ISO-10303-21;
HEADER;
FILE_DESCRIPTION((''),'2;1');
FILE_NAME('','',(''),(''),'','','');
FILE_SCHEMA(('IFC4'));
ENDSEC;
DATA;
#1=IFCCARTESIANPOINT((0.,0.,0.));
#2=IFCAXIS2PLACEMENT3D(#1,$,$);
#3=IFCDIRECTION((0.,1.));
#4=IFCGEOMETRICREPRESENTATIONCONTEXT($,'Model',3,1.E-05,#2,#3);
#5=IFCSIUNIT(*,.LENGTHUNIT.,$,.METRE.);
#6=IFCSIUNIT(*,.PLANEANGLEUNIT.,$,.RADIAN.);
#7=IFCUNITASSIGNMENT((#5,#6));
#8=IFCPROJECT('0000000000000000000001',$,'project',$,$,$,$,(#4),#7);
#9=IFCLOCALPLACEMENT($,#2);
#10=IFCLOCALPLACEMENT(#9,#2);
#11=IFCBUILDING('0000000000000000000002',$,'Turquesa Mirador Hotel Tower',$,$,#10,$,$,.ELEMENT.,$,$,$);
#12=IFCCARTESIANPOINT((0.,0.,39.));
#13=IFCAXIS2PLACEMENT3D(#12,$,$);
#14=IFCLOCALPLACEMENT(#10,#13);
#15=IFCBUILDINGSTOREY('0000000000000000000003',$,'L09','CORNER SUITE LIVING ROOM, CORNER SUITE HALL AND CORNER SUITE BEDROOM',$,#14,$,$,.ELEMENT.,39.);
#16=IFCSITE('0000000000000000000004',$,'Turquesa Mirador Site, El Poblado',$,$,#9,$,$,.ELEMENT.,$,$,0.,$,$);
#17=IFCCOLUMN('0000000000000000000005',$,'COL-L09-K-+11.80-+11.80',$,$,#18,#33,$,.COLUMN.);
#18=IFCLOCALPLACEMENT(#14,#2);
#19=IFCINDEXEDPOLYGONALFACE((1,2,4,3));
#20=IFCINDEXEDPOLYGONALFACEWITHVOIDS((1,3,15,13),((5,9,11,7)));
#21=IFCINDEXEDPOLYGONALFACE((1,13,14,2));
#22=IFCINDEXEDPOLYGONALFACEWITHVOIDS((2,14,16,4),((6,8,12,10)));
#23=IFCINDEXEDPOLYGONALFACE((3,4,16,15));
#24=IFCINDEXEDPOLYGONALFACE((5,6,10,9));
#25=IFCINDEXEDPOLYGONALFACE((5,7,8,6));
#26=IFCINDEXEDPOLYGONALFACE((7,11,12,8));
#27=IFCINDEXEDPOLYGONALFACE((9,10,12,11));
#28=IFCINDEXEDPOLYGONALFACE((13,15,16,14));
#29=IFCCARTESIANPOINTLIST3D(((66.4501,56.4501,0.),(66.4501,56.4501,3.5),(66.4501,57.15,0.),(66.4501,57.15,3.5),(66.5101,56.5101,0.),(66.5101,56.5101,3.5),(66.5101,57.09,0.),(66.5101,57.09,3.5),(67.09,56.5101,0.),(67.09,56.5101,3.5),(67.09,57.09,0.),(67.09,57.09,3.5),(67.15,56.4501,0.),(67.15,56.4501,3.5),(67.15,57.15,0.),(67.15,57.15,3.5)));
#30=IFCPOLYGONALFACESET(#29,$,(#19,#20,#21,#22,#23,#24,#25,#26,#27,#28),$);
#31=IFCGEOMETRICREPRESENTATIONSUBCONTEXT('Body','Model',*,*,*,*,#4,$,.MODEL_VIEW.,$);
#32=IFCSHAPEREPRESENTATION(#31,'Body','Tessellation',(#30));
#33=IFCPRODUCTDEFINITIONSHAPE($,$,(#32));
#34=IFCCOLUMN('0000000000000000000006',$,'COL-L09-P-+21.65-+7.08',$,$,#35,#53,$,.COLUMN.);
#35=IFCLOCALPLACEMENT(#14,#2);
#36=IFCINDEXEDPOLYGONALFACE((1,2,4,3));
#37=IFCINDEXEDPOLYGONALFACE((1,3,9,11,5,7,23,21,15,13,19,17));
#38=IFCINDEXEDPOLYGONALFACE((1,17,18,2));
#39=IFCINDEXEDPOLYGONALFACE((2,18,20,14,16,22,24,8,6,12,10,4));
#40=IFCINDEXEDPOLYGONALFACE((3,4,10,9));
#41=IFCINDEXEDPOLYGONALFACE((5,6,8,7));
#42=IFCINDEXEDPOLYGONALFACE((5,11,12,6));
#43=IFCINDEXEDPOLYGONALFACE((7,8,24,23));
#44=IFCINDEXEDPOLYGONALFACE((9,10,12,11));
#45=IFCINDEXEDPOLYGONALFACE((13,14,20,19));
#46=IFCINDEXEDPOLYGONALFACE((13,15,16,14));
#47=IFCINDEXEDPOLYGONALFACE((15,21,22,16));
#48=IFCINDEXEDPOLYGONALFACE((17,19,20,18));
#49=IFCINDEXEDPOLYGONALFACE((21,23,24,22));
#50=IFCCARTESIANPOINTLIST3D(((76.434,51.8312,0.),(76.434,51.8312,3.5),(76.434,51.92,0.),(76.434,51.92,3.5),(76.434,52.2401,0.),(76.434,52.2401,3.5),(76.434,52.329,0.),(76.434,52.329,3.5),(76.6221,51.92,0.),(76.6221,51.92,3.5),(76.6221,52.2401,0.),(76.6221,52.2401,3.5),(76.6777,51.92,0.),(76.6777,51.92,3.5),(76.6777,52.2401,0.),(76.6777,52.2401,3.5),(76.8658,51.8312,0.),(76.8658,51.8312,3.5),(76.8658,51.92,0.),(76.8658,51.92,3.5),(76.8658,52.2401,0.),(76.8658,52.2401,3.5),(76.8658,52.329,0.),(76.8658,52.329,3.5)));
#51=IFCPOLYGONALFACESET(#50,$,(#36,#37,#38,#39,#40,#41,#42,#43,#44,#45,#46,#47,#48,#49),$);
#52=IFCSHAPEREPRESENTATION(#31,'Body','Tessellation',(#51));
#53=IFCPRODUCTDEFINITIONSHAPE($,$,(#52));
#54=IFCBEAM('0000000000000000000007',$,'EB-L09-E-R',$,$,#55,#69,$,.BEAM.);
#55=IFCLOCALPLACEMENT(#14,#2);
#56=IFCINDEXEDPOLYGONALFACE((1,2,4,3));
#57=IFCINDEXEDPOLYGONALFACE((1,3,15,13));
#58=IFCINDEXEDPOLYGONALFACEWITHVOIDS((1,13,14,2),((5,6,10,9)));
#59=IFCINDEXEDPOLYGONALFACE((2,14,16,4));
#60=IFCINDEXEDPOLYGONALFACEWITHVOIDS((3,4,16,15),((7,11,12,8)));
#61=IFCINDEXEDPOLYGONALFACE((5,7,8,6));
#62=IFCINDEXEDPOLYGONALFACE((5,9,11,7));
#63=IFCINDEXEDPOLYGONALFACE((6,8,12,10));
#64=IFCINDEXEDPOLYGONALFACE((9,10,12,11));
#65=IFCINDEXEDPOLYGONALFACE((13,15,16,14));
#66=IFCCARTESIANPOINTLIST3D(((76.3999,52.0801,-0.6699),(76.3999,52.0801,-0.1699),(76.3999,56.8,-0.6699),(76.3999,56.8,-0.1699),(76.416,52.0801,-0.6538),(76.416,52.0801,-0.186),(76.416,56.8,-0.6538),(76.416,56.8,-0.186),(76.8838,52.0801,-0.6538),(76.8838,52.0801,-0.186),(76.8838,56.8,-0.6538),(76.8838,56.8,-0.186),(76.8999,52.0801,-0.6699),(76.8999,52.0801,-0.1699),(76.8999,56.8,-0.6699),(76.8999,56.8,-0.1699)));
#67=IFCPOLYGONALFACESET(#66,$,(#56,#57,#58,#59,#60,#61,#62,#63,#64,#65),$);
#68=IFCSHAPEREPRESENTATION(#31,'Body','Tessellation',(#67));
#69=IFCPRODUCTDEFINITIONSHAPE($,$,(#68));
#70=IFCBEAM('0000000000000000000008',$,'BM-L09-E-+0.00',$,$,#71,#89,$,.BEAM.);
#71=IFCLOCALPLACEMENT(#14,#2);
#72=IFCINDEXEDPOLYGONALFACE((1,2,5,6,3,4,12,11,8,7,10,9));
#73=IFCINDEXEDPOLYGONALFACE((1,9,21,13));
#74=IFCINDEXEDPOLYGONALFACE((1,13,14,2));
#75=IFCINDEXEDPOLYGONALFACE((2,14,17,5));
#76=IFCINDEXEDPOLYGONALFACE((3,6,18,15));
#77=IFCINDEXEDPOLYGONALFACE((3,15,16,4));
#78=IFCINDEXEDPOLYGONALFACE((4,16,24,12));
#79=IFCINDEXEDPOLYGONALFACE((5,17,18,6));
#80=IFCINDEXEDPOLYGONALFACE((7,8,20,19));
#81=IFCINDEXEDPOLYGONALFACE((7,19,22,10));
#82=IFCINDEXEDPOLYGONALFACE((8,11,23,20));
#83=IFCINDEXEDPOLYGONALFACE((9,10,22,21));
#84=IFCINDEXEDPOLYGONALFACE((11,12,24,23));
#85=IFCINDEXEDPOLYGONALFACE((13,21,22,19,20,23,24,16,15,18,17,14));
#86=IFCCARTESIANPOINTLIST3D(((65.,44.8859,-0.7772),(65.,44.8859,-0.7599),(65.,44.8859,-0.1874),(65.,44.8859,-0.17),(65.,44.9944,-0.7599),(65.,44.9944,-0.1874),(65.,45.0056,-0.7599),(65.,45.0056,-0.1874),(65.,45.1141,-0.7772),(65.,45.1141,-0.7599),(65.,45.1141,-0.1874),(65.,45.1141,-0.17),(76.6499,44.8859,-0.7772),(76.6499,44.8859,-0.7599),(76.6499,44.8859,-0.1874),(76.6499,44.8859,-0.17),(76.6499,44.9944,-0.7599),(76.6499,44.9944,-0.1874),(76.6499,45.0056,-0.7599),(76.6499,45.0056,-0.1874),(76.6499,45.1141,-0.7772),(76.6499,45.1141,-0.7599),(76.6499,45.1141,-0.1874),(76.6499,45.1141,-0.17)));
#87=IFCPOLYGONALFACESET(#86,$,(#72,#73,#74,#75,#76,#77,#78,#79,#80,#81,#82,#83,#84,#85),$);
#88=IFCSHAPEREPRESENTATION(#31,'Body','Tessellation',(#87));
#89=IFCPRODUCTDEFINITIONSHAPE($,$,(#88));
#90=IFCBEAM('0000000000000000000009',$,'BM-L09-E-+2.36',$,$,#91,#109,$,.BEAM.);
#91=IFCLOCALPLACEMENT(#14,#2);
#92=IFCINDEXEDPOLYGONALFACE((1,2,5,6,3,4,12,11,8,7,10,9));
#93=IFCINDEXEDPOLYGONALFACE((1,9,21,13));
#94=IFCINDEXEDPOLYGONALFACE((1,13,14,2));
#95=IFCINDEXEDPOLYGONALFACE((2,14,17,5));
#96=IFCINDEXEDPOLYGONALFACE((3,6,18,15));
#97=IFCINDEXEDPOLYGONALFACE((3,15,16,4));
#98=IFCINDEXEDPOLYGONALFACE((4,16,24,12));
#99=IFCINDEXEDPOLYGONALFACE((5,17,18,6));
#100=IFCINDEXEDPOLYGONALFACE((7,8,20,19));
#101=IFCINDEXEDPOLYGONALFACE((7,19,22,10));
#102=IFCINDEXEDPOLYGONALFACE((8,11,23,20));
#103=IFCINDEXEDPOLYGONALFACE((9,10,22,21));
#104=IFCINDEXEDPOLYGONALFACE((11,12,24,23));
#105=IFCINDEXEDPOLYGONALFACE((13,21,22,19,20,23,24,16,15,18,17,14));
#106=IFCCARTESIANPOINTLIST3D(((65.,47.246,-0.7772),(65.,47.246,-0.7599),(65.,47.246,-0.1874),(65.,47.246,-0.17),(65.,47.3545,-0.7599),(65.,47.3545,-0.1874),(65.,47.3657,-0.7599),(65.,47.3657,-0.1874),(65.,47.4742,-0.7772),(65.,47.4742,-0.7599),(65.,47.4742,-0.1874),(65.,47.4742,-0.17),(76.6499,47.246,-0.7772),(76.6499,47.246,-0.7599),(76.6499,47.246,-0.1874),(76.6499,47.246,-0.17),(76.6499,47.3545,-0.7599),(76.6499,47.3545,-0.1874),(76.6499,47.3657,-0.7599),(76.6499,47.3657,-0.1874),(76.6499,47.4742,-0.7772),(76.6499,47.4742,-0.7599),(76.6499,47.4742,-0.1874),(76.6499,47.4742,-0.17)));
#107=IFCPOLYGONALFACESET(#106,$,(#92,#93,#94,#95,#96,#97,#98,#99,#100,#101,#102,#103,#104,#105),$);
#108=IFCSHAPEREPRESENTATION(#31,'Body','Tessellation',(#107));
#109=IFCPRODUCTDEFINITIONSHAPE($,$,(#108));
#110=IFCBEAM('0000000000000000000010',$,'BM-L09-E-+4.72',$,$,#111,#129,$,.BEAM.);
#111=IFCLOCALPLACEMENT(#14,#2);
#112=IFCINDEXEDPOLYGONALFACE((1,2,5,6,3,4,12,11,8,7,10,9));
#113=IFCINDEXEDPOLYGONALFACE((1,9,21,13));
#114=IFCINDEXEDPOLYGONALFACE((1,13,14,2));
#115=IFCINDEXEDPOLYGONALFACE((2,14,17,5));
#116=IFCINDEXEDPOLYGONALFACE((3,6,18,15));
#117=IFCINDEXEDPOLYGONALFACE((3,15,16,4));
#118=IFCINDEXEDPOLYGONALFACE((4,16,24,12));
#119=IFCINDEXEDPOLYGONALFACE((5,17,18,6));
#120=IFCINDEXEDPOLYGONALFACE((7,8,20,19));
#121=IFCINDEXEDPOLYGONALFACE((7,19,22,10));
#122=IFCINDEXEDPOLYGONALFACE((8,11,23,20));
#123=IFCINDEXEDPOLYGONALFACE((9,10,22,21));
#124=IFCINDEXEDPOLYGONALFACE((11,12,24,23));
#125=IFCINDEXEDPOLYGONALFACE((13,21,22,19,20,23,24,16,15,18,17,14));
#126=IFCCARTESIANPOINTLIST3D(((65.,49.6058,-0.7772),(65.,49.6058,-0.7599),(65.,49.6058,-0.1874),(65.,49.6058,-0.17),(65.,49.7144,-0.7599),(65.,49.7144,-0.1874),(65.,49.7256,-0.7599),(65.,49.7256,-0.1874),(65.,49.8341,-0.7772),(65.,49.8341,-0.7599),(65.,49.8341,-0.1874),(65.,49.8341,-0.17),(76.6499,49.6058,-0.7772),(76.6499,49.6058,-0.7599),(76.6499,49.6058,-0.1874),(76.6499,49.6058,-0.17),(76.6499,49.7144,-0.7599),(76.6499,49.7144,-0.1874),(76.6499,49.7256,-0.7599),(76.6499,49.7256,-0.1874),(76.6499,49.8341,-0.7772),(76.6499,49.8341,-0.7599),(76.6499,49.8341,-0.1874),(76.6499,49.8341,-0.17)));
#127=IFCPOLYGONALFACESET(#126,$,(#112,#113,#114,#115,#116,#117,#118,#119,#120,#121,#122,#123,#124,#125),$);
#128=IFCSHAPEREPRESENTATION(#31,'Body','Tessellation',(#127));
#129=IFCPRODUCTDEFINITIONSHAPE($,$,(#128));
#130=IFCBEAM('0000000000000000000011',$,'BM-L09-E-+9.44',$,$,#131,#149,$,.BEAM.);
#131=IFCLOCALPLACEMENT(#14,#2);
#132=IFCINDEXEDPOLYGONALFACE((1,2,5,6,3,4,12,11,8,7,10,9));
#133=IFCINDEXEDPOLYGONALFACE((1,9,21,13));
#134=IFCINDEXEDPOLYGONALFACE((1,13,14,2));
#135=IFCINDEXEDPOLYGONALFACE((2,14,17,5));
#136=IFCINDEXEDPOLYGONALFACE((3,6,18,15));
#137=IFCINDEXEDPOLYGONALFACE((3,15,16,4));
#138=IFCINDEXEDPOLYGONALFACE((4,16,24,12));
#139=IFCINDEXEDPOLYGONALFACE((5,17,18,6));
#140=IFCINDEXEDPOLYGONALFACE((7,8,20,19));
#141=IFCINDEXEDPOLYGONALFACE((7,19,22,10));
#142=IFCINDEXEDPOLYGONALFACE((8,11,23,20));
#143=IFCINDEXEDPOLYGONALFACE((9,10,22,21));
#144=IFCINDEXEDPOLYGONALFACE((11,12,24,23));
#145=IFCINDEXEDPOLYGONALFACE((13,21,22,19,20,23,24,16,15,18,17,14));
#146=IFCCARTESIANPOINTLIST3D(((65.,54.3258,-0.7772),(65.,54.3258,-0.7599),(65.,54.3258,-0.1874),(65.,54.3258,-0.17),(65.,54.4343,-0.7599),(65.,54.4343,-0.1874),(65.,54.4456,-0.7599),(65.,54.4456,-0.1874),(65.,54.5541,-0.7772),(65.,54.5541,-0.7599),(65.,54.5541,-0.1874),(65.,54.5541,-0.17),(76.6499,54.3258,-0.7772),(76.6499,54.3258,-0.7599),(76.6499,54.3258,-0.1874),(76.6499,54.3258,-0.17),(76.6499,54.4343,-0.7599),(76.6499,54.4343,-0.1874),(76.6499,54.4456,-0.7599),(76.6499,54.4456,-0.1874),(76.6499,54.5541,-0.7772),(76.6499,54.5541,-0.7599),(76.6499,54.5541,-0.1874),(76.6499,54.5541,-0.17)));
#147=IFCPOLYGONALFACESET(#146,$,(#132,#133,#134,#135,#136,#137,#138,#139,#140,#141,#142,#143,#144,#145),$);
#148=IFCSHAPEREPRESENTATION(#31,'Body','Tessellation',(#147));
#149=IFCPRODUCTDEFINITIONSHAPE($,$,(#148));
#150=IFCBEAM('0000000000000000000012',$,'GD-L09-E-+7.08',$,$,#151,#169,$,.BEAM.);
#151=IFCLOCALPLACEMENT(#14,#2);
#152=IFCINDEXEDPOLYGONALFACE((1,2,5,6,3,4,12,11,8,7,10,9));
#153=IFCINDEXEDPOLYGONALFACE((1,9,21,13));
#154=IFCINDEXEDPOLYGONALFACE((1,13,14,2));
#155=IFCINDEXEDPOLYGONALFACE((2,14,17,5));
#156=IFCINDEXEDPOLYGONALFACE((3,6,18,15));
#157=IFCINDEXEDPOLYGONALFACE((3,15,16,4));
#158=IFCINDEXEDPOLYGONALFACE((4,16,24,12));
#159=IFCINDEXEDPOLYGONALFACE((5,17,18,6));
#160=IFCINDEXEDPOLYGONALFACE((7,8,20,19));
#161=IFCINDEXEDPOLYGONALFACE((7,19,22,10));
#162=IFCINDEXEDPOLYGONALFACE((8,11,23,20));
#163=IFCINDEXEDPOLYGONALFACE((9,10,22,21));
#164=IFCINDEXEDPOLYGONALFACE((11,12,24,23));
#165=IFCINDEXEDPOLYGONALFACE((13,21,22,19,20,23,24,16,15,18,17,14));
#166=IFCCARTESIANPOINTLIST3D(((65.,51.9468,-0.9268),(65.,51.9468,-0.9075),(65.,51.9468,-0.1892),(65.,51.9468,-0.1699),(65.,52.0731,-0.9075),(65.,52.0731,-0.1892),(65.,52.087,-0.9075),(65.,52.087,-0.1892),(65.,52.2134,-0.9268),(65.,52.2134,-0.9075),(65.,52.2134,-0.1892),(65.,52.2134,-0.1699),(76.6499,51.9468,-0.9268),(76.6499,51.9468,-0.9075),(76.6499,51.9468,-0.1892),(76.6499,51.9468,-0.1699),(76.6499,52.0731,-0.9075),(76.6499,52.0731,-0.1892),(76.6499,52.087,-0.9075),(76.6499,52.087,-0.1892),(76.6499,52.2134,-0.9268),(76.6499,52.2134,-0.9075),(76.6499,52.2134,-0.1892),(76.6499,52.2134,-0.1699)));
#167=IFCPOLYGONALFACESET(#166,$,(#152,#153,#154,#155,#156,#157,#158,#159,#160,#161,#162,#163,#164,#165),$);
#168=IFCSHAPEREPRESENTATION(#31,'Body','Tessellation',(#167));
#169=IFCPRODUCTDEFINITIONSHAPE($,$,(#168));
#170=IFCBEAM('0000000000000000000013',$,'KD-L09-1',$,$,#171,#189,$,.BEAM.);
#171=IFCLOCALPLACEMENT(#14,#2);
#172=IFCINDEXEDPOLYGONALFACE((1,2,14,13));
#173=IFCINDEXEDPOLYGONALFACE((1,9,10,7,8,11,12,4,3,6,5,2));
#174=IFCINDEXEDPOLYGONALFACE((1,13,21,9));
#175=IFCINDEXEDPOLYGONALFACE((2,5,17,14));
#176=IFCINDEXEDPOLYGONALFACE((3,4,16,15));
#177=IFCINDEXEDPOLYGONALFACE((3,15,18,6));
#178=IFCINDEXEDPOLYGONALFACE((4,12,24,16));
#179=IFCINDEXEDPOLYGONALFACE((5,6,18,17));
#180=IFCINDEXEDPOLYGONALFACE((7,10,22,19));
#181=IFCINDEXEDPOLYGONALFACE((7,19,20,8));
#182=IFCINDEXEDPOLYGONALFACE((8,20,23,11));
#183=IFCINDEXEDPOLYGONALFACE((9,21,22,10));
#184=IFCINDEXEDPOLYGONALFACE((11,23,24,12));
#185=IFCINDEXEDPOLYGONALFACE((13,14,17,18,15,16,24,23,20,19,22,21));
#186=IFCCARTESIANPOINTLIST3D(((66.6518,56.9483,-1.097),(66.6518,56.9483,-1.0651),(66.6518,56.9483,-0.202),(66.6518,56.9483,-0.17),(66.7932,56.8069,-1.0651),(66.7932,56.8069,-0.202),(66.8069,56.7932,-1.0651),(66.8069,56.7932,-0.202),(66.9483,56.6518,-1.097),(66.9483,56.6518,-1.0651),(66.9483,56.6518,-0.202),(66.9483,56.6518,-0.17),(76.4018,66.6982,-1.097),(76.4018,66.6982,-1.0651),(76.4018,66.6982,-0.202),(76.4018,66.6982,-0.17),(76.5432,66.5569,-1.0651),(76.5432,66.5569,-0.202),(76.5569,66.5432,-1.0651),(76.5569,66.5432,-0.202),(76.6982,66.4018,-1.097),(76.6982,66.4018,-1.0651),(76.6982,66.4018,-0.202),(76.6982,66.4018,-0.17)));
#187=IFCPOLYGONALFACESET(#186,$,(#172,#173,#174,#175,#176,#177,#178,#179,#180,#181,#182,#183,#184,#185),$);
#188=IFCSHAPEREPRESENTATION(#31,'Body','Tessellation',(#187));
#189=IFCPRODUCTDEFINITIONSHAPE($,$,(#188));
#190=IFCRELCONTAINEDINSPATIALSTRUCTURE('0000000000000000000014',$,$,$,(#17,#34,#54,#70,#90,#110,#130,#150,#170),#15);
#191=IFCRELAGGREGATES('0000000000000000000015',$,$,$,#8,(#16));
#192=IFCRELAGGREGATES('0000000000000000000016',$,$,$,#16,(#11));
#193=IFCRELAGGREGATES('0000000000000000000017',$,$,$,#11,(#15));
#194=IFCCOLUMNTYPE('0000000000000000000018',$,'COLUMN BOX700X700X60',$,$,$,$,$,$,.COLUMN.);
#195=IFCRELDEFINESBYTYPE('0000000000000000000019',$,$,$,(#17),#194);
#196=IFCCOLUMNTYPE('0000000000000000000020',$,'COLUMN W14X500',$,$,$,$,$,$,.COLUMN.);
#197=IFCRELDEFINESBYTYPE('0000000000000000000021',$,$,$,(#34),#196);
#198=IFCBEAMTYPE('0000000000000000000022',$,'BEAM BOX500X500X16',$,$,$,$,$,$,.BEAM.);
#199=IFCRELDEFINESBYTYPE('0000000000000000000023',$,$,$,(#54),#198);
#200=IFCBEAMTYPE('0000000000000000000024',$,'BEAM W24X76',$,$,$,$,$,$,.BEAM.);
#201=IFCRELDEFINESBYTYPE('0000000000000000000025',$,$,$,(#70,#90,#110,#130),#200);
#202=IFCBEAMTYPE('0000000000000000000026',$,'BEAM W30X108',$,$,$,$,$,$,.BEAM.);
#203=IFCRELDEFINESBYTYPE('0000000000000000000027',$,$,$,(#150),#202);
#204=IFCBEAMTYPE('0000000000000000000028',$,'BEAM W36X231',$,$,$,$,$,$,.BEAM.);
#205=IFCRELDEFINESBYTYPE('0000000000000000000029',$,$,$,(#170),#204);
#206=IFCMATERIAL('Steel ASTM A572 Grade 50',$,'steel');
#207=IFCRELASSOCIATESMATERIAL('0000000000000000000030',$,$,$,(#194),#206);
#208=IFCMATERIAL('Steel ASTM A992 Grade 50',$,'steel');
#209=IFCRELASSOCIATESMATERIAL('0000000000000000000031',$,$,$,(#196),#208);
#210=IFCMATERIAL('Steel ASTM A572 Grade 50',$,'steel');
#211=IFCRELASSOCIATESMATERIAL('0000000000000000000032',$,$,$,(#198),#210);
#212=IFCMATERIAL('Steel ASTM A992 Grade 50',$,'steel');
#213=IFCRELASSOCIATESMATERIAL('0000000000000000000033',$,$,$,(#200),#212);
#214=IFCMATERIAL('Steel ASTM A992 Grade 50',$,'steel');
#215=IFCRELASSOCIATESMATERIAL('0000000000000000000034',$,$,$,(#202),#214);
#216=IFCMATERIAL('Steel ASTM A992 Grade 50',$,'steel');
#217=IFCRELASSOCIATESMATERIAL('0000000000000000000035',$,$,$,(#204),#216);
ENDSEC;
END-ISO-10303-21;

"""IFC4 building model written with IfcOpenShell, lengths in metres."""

from ifc_helpers import new_model, si_unit, direction, frame, origin, origin_2d, place, context, subcontext, project, spatial, hollow_rectangle, i_section, extrude, material, material_profile, profile_set, type_object, element, save


model = new_model("IFC4")

# Units and contexts
model_context = context("Model", 3, precision=1e-05, world=origin(), true_north=direction((0.0, 1.0)))
body_context = subcontext(model_context, "Body", "Model", "MODEL_VIEW")
ifc_project = project(units=[si_unit("LENGTHUNIT", "METRE"), si_unit("PLANEANGLEUNIT", "RADIAN")], contexts=[model_context])

# Site, building, storey
site_placement = place(None, origin())
site = spatial("IfcSite", under=ifc_project, at=site_placement, Name="Turquesa Mirador Site, El Poblado", CompositionType="ELEMENT", RefElevation=0.0)
building_placement = place(site_placement, origin())
building = spatial("IfcBuilding", under=site, at=building_placement, Name="Turquesa Mirador Hotel Tower", CompositionType="ELEMENT")
storey_placement = place(building_placement, frame((0.0, 0.0, 39.0)))
storey = spatial("IfcBuildingStorey", under=building, at=storey_placement, Name="L09", Description="CORNER SUITE LIVING ROOM, CORNER SUITE HALL AND CORNER SUITE BEDROOM", CompositionType="ELEMENT", Elevation=39.0)

# Columns
ifc_material_1 = material(Name="Steel ASTM A572 Grade 50", Category="steel")
ifc_material_profile_1 = material_profile(ifc_material_1, hollow_rectangle(XDim=0.7, YDim=0.7, WallThickness=0.0601, at=origin_2d()), Name="BOX700X700X60")
ifc_profile_set_1 = profile_set([ifc_material_profile_1], Name="Steel ASTM A572 Grade 50")
column_type_1 = type_object("IfcColumnType", Name="COLUMN BOX700X700X60", PredefinedType="COLUMN", material=ifc_profile_set_1)
column_1_placement = place(storey_placement, frame((66.8, 56.8, 0.0), z_axis=(0.0, 0.0, 1.0), x_axis=(1.0, 0.0, 0.0)))
element("IfcColumn", 1, at=column_1_placement, inside=storey, type_object=column_type_1, Name="COL-L09-K-+11.80-+11.80", PredefinedType="COLUMN", context=body_context, shape_type="SweptSolid", body=[
    extrude(hollow_rectangle(XDim=0.7, YDim=0.7, WallThickness=0.0601, at=origin_2d()), origin(), (0.0, 0.0, 1.0), 3.5),
])
ifc_material_2 = material(Name="Steel ASTM A992 Grade 50", Category="steel")
ifc_material_profile_2 = material_profile(ifc_material_2, i_section(OverallWidth=0.4319, OverallDepth=0.4978, WebThickness=0.0557, FlangeThickness=0.0889, at=origin_2d()), Name="W14X500")
ifc_profile_set_2 = profile_set([ifc_material_profile_2], Name="Steel ASTM A992 Grade 50")
column_type_2 = type_object("IfcColumnType", Name="COLUMN W14X500", PredefinedType="COLUMN", material=ifc_profile_set_2)
column_2_placement = place(storey_placement, frame((76.6499, 52.0801, 0.0), z_axis=(0.0, 0.0, 1.0), x_axis=(1.0, 0.0, 0.0)))
element("IfcColumn", 2, at=column_2_placement, inside=storey, type_object=column_type_2, Name="COL-L09-P-+21.65-+7.08", PredefinedType="COLUMN", context=body_context, shape_type="SweptSolid", body=[
    extrude(i_section(OverallWidth=0.4319, OverallDepth=0.4978, WebThickness=0.0557, FlangeThickness=0.0889, at=origin_2d()), origin(), (0.0, 0.0, 1.0), 3.5),
])

# Beams
ifc_material_3 = material(Name="Steel ASTM A572 Grade 50", Category="steel")
ifc_material_profile_3 = material_profile(ifc_material_3, hollow_rectangle(XDim=0.5, YDim=0.5, WallThickness=0.0161, at=origin_2d()), Name="BOX500X500X16")
ifc_profile_set_3 = profile_set([ifc_material_profile_3], Name="Steel ASTM A572 Grade 50")
beam_type_1 = type_object("IfcBeamType", Name="BEAM BOX500X500X16", PredefinedType="BEAM", material=ifc_profile_set_3)
beam_1_placement = place(storey_placement, frame((76.6499, 52.0801, -0.4199), z_axis=(0.0, 1.0, 0.0), x_axis=(-1.0, 0.0, 0.0)))
element("IfcBeam", 3, at=beam_1_placement, inside=storey, type_object=beam_type_1, Name="EB-L09-E-R", PredefinedType="BEAM", context=body_context, shape_type="SweptSolid", body=[
    extrude(hollow_rectangle(XDim=0.5, YDim=0.5, WallThickness=0.0161, at=origin_2d()), origin(), (0.0, 0.0, 1.0), 4.72),
])
ifc_material_4 = material(Name="Steel ASTM A992 Grade 50", Category="steel")
ifc_material_profile_4 = material_profile(ifc_material_4, i_section(OverallWidth=0.2283, OverallDepth=0.6072, WebThickness=0.0112, FlangeThickness=0.0173, at=origin_2d()), Name="W24X76")
ifc_profile_set_4 = profile_set([ifc_material_profile_4], Name="Steel ASTM A992 Grade 50")
beam_type_2 = type_object("IfcBeamType", Name="BEAM W24X76", PredefinedType="BEAM", material=ifc_profile_set_4)
for number, where, z_axis, x_axis, name in (
    (4, (76.6499, 45.0, -0.4736), (-1.0, 0.0, 0.0), (0.0, -1.0, 0.0), "BM-L09-E-+0.00"),
    (5, (76.6499, 47.3601, -0.4736), (-1.0, 0.0, 0.0), (0.0, -1.0, 0.0), "BM-L09-E-+2.36"),
    (6, (76.6499, 49.72, -0.4736), (-1.0, 0.0, 0.0), (0.0, -1.0, 0.0), "BM-L09-E-+4.72"),
    (7, (76.6499, 54.4399, -0.4736), (-1.0, 0.0, 0.0), (0.0, -1.0, 0.0), "BM-L09-E-+9.44"),
):
    element("IfcBeam", number, at=place(storey_placement, frame(where, z_axis=z_axis, x_axis=x_axis)), inside=storey, type_object=beam_type_2, Name=name, PredefinedType="BEAM", context=body_context, shape_type="SweptSolid", body=[
        extrude(i_section(OverallWidth=0.2283, OverallDepth=0.6072, WebThickness=0.0112, FlangeThickness=0.0173, at=origin_2d()), origin(), (0.0, 0.0, 1.0), 11.6499),
    ])
ifc_material_5 = material(Name="Steel ASTM A992 Grade 50", Category="steel")
ifc_material_profile_5 = material_profile(ifc_material_5, i_section(OverallWidth=0.2666, OverallDepth=0.7568, WebThickness=0.0139, FlangeThickness=0.0193, at=origin_2d()), Name="W30X108")
ifc_profile_set_5 = profile_set([ifc_material_profile_5], Name="Steel ASTM A992 Grade 50")
beam_type_3 = type_object("IfcBeamType", Name="BEAM W30X108", PredefinedType="BEAM", material=ifc_profile_set_5)
beam_2_placement = place(storey_placement, frame((76.6499, 52.0801, -0.5483), z_axis=(-1.0, 0.0, 0.0), x_axis=(0.0, -1.0, 0.0)))
element("IfcBeam", 8, at=beam_2_placement, inside=storey, type_object=beam_type_3, Name="GD-L09-E-+7.08", PredefinedType="BEAM", context=body_context, shape_type="SweptSolid", body=[
    extrude(i_section(OverallWidth=0.2666, OverallDepth=0.7568, WebThickness=0.0139, FlangeThickness=0.0193, at=origin_2d()), origin(), (0.0, 0.0, 1.0), 11.6499),
])
ifc_material_6 = material(Name="Steel ASTM A992 Grade 50", Category="steel")
ifc_material_profile_6 = material_profile(ifc_material_6, i_section(OverallWidth=0.4192, OverallDepth=0.927, WebThickness=0.0193, FlangeThickness=0.032, at=origin_2d()), Name="W36X231")
ifc_profile_set_6 = profile_set([ifc_material_profile_6], Name="Steel ASTM A992 Grade 50")
beam_type_4 = type_object("IfcBeamType", Name="BEAM W36X231", PredefinedType="BEAM", material=ifc_profile_set_6)
beam_3_placement = place(storey_placement, frame((66.8, 56.8, -0.6335), z_axis=(0.707107, 0.707107, 0.0), x_axis=(-0.707107, 0.707107, 0.0)))
element("IfcBeam", 9, at=beam_3_placement, inside=storey, type_object=beam_type_4, Name="KD-L09-1", PredefinedType="BEAM", context=body_context, shape_type="SweptSolid", body=[
    extrude(i_section(OverallWidth=0.4192, OverallDepth=0.927, WebThickness=0.0193, FlangeThickness=0.032, at=origin_2d()), origin(), (0.0, 0.0, 1.0), 13.7886),
])

save(model, "model.ifc")
